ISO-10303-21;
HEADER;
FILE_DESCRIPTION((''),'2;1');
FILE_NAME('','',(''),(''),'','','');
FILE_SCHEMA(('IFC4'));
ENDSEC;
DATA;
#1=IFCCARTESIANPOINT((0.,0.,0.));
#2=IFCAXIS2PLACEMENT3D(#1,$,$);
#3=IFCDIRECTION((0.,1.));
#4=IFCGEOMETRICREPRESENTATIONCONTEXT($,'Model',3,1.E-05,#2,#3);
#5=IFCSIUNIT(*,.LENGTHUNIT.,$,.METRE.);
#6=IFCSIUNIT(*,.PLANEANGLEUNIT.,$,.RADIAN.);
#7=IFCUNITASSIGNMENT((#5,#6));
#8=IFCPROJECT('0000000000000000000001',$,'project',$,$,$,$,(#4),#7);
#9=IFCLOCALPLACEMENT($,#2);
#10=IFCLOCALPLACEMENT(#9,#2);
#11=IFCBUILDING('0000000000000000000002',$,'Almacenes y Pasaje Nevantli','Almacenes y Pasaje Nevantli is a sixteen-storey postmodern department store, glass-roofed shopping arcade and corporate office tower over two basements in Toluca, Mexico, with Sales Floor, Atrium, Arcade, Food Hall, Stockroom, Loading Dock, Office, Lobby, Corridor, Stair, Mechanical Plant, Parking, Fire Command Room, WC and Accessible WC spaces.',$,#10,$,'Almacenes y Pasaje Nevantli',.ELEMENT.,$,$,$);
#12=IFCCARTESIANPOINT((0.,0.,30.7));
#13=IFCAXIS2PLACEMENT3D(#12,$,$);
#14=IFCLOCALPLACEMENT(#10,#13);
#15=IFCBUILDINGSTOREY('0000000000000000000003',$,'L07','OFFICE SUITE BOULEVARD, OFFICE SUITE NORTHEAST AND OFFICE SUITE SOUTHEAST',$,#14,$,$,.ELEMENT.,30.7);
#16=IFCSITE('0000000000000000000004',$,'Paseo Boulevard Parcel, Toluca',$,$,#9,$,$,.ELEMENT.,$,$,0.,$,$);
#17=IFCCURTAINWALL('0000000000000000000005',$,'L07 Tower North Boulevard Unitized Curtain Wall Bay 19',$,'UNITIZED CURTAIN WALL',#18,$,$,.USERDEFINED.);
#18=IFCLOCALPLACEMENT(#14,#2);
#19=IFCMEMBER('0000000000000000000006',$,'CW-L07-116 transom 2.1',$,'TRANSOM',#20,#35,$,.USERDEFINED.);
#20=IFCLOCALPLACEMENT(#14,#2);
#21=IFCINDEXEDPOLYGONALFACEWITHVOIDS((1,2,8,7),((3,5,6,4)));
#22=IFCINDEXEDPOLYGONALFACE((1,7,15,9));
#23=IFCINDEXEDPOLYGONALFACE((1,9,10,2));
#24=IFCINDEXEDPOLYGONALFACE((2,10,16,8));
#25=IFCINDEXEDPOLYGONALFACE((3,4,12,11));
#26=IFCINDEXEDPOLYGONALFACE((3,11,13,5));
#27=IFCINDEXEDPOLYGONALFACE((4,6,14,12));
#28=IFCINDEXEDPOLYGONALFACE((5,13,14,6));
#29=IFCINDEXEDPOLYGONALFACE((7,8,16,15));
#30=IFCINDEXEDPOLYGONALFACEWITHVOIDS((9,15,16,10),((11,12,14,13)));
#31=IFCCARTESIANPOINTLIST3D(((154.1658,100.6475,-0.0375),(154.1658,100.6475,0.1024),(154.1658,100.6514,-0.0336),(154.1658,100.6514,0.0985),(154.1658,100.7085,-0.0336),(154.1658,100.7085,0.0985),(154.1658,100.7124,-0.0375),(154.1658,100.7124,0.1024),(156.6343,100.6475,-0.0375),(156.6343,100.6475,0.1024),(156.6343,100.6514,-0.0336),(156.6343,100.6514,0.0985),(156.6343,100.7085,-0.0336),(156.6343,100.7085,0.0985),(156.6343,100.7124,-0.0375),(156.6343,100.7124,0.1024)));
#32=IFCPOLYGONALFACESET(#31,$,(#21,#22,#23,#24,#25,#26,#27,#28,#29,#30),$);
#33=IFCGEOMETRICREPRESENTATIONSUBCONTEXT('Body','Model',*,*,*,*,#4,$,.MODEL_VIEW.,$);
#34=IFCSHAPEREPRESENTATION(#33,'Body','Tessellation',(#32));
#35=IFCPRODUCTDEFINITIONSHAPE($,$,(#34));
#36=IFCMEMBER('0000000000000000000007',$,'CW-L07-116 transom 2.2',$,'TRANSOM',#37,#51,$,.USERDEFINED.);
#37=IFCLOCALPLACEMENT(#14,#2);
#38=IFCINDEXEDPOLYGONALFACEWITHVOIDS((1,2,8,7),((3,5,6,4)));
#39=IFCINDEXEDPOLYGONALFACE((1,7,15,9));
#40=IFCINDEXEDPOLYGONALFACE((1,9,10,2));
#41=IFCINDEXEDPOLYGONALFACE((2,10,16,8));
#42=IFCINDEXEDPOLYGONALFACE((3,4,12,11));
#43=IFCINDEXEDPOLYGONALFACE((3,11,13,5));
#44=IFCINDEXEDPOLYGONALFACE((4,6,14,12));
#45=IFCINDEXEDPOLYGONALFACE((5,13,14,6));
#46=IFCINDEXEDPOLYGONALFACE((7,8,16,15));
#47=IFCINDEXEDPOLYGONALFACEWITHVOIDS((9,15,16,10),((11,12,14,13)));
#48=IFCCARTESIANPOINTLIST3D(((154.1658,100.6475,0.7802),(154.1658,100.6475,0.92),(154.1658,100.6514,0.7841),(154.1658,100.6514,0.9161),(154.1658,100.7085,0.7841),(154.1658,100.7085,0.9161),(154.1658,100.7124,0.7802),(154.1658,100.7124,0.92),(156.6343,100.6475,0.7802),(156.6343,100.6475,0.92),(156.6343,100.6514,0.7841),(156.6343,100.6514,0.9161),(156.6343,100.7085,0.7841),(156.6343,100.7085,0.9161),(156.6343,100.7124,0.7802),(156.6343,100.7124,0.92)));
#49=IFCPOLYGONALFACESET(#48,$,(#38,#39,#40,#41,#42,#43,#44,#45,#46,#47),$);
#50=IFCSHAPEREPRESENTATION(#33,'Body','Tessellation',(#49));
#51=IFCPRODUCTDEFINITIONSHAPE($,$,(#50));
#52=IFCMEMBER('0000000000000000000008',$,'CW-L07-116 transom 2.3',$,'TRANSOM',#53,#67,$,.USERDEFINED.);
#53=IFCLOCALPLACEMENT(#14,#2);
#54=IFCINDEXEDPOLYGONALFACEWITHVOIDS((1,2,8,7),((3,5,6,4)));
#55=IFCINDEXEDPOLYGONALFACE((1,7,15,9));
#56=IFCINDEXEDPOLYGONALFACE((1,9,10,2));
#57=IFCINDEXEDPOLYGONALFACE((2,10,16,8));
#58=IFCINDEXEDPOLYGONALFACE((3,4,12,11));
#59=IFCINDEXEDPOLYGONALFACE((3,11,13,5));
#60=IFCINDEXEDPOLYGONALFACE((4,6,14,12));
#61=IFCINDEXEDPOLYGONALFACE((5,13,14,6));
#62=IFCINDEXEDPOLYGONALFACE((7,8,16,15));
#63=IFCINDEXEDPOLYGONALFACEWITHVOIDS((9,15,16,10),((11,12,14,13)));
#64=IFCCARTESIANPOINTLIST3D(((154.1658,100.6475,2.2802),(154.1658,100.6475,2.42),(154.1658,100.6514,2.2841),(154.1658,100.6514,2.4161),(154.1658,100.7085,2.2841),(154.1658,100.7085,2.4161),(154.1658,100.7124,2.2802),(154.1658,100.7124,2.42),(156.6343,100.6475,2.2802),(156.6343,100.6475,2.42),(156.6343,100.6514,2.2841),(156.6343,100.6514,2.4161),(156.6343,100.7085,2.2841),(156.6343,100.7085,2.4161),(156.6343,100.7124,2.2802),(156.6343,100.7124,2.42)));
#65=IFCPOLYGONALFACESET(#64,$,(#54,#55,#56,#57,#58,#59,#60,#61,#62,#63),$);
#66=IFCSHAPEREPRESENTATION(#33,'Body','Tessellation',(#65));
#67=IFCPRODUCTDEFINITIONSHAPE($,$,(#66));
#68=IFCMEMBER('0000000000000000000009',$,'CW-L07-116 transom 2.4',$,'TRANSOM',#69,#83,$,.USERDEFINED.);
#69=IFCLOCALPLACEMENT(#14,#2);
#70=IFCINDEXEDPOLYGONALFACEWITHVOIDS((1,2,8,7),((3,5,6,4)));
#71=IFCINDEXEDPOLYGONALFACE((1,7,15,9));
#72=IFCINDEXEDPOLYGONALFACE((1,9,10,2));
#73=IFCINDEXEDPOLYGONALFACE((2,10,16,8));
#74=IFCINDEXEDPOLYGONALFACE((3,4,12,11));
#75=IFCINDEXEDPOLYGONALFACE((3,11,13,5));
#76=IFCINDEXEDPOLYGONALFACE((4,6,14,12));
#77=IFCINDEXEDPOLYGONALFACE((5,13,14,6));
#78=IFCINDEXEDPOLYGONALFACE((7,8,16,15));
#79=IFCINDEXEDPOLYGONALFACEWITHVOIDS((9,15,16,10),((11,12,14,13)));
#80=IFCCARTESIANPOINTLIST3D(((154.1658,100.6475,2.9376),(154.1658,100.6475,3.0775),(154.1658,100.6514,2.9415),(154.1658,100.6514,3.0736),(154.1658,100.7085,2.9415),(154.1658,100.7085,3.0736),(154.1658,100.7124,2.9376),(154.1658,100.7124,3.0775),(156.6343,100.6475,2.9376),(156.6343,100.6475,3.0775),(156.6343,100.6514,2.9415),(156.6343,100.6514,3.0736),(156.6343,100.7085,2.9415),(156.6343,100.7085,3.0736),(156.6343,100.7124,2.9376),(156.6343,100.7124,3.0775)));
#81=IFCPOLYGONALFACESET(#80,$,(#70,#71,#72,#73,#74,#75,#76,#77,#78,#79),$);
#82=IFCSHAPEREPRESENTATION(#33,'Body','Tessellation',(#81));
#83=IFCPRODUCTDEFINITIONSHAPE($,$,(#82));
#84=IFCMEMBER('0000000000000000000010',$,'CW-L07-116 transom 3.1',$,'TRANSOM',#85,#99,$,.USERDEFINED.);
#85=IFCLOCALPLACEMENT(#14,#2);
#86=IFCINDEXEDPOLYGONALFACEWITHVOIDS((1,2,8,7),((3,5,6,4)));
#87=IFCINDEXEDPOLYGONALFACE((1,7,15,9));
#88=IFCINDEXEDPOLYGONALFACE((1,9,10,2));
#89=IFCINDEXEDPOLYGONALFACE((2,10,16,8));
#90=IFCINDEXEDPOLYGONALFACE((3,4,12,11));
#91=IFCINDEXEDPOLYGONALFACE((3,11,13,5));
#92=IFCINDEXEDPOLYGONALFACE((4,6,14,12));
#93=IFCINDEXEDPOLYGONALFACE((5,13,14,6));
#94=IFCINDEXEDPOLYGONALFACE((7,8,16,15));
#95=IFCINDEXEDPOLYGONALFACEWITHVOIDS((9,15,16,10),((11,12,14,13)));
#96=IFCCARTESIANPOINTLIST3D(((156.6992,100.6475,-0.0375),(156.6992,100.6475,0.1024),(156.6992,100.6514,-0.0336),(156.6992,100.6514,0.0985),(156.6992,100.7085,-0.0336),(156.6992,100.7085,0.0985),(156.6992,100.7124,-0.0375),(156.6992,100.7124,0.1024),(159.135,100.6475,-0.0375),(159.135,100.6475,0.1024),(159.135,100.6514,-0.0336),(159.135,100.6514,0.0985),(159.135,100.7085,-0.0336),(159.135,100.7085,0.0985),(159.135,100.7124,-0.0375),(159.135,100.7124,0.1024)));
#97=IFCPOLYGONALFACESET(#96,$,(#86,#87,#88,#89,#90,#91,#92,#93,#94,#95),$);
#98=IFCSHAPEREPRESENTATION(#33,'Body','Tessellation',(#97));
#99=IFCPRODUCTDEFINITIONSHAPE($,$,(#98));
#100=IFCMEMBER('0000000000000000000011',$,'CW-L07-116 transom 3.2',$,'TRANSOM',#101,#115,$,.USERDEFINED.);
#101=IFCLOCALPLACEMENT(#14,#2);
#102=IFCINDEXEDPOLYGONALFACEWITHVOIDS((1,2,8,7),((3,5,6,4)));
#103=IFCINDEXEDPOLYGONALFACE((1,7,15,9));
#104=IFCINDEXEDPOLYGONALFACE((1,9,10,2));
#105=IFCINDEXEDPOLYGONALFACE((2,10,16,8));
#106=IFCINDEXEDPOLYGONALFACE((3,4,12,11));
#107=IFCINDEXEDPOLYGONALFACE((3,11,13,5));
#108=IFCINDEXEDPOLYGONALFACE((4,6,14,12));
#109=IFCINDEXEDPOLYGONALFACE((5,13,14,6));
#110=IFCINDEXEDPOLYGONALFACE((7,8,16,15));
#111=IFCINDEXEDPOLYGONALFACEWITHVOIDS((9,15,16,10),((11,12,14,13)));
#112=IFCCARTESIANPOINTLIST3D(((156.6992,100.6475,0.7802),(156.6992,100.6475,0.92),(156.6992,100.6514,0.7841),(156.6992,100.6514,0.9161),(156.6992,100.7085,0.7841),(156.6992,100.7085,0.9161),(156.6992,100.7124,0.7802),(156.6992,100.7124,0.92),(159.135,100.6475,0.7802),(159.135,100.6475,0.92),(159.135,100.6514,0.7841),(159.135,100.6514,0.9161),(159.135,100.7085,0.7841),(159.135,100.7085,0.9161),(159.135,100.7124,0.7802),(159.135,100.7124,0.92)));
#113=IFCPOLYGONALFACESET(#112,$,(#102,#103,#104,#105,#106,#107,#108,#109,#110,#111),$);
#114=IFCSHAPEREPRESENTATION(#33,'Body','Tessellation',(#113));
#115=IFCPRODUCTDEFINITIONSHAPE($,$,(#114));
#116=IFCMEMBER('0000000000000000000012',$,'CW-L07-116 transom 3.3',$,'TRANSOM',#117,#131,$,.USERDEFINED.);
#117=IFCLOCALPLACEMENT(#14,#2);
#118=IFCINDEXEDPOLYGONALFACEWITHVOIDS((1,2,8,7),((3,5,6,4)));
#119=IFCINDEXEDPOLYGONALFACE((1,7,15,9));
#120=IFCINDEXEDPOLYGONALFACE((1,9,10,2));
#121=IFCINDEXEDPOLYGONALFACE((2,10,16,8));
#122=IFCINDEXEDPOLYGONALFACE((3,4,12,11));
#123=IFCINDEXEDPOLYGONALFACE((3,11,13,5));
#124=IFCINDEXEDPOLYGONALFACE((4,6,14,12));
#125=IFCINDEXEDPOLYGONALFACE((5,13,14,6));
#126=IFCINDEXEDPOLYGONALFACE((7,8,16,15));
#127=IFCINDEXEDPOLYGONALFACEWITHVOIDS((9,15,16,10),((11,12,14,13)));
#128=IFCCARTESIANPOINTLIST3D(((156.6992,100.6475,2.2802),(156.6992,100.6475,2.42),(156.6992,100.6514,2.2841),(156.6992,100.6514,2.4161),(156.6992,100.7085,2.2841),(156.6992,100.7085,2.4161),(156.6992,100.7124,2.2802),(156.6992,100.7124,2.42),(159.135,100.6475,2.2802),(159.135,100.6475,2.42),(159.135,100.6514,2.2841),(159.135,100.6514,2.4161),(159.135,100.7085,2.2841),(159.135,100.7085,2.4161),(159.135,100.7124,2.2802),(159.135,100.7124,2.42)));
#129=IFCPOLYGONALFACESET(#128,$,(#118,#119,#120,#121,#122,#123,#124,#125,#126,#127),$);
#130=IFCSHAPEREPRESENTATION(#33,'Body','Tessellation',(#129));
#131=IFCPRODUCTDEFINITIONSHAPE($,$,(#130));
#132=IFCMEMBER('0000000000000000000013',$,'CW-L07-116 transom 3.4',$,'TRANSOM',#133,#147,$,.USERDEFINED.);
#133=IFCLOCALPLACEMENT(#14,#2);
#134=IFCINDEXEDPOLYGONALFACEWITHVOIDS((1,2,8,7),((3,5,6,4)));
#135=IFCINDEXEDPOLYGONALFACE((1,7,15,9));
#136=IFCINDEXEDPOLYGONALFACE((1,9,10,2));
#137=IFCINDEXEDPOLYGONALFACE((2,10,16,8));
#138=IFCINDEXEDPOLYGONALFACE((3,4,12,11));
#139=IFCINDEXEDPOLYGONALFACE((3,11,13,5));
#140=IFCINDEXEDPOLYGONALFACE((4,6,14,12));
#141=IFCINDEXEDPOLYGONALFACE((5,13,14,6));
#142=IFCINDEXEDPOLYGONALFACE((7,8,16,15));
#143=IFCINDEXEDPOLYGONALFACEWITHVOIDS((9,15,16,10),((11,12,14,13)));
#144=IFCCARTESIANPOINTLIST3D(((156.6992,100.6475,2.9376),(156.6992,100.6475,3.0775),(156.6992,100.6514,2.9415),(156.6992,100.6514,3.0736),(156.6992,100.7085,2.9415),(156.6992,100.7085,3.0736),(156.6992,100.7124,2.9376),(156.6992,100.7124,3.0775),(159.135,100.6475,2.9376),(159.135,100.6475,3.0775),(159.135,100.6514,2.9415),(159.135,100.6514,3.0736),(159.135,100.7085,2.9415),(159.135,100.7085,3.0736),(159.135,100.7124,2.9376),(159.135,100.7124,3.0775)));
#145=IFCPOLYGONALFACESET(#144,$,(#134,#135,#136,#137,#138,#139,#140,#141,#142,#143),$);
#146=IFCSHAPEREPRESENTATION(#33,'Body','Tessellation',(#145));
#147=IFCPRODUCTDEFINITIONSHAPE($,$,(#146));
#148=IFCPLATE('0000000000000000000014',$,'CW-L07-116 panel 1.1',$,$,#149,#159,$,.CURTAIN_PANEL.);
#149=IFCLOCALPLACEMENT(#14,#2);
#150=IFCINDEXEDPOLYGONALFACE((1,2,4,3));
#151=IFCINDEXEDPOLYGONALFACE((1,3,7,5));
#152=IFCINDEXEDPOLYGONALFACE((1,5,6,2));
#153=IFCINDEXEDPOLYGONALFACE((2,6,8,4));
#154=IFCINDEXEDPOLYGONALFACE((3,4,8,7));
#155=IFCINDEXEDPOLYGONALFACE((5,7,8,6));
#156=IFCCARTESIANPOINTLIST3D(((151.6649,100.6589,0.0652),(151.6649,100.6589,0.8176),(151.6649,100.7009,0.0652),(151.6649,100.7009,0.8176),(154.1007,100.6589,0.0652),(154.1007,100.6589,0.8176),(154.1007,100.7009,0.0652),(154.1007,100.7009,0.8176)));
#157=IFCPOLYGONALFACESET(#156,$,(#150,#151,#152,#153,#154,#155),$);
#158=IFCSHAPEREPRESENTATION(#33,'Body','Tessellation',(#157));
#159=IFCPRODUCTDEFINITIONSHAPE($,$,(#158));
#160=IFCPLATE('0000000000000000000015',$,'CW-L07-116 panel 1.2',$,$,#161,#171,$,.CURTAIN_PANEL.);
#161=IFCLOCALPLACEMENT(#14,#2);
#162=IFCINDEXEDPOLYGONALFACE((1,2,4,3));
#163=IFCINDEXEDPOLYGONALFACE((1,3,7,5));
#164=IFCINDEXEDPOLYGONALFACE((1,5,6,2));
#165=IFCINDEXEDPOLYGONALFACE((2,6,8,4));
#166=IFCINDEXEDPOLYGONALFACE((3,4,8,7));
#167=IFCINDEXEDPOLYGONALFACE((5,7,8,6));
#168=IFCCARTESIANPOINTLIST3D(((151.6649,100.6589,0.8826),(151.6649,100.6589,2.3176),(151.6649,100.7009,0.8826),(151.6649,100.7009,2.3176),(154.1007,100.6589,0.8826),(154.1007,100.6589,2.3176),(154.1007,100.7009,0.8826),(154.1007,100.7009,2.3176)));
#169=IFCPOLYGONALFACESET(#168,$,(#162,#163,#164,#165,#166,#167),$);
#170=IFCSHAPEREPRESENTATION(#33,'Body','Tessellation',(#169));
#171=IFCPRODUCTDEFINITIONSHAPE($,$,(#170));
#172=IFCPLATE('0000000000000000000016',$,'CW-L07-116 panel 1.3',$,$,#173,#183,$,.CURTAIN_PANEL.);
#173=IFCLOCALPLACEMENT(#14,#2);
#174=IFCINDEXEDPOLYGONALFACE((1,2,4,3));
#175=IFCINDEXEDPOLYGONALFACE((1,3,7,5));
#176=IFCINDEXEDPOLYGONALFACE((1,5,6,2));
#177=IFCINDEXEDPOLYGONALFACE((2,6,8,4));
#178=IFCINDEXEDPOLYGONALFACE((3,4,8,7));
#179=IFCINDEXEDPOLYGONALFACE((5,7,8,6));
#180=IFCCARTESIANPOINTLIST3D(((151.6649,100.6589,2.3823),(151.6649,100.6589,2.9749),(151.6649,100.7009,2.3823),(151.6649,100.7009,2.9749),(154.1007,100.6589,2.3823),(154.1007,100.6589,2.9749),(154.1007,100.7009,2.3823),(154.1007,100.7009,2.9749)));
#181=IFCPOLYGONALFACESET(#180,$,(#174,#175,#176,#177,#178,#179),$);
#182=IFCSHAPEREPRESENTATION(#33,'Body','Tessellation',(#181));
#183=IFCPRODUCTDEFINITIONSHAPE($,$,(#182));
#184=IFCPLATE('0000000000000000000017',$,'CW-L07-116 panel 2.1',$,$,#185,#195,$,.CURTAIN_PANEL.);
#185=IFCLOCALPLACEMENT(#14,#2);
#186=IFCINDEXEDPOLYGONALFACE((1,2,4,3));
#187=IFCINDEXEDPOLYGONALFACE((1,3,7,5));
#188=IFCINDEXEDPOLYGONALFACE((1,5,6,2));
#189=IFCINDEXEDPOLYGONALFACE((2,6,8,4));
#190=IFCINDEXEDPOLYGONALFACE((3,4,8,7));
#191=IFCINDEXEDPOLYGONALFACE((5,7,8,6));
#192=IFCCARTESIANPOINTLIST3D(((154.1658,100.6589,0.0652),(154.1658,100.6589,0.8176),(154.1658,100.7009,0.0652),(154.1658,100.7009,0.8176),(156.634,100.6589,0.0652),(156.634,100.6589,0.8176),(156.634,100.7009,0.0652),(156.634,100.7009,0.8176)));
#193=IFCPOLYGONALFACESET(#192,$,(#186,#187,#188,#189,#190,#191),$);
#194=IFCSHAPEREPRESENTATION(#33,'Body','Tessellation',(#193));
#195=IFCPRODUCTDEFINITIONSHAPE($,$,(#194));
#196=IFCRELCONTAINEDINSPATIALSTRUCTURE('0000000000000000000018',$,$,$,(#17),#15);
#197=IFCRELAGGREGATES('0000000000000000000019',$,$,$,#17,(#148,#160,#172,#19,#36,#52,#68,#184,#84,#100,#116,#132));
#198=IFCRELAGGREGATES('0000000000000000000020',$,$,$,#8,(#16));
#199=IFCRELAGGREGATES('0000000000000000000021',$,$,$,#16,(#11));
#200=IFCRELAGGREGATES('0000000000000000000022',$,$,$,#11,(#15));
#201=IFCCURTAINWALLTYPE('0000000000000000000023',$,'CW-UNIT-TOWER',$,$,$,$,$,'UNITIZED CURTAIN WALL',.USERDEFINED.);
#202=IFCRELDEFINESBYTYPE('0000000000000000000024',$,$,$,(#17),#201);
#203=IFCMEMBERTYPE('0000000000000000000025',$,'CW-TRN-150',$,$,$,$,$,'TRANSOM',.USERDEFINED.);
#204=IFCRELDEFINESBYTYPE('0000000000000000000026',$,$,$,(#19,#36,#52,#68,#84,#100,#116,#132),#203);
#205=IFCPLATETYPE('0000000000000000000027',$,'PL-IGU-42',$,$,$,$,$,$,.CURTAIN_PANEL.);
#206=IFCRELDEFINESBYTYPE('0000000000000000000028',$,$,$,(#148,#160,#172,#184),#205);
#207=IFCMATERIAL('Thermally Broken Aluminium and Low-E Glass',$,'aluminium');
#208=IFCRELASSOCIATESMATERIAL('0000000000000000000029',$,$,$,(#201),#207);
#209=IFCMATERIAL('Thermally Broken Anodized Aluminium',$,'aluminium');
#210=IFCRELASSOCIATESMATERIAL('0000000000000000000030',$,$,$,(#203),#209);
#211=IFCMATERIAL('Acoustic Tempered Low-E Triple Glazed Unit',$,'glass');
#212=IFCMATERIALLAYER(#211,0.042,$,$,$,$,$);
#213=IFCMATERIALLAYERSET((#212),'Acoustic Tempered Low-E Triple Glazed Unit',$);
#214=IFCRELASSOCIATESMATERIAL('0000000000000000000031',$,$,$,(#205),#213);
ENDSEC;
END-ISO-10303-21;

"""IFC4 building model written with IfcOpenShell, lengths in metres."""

from ifc_helpers import new_model, si_unit, direction, frame, origin, origin_2d, place, context, subcontext, project, spatial, rectangle, hollow_rectangle, extrude, material, layer, layer_set, material_profile, profile_set, type_object, element, aggregate, save


model = new_model("IFC4")

# Units and contexts
model_context = context("Model", 3, precision=1e-05, world=origin(), true_north=direction((0.0, 1.0)))
body_context = subcontext(model_context, "Body", "Model", "MODEL_VIEW")
ifc_project = project(units=[si_unit("LENGTHUNIT", "METRE"), si_unit("PLANEANGLEUNIT", "RADIAN")], contexts=[model_context])

# Site, building, storey
site_placement = place(None, origin())
site = spatial("IfcSite", under=ifc_project, at=site_placement, Name="Paseo Boulevard Parcel, Toluca", CompositionType="ELEMENT", RefElevation=0.0)
building_placement = place(site_placement, origin())
building = spatial("IfcBuilding", under=site, at=building_placement, Name="Almacenes y Pasaje Nevantli", Description="Almacenes y Pasaje Nevantli is a sixteen-storey postmodern department store, glass-roofed shopping arcade and corporate office tower over two basements in Toluca, Mexico, with Sales Floor, Atrium, Arcade, Food Hall, Stockroom, Loading Dock, Office, Lobby, Corridor, Stair, Mechanical Plant, Parking, Fire Command Room, WC and Accessible WC spaces.", LongName="Almacenes y Pasaje Nevantli", CompositionType="ELEMENT")
storey_placement = place(building_placement, frame((0.0, 0.0, 30.7)))
storey = spatial("IfcBuildingStorey", under=building, at=storey_placement, Name="L07", Description="OFFICE SUITE BOULEVARD, OFFICE SUITE NORTHEAST AND OFFICE SUITE SOUTHEAST", CompositionType="ELEMENT", Elevation=30.7)

# Shared definitions
ifc_material_1 = material(Name="Thermally Broken Aluminium and Low-E Glass", Category="aluminium")
curtain_wall_type = type_object("IfcCurtainWallType", Name="CW-UNIT-TOWER", ElementType="UNITIZED CURTAIN WALL", PredefinedType="USERDEFINED", material=ifc_material_1)

# Curtain wall, members, plates
curtain_wall_1_placement = place(storey_placement, origin())
curtain_wall_1 = element("IfcCurtainWall", 1, at=curtain_wall_1_placement, inside=storey, type_object=curtain_wall_type, Name="L07 Tower North Boulevard Unitized Curtain Wall Bay 19", ObjectType="UNITIZED CURTAIN WALL", PredefinedType="USERDEFINED")
ifc_material_2 = material(Name="Thermally Broken Anodized Aluminium", Category="aluminium")
ifc_material_profile_1 = material_profile(ifc_material_2, hollow_rectangle(XDim=0.0649, YDim=0.1399, WallThickness=0.0039, at=origin_2d()), Name="ALU-TRN-65x140")
ifc_profile_set_1 = profile_set([ifc_material_profile_1], Name="Thermally Broken Anodized Aluminium")
member_type_1 = type_object("IfcMemberType", Name="CW-TRN-150", ElementType="TRANSOM", PredefinedType="USERDEFINED", material=ifc_profile_set_1)
member_1_placement = place(storey_placement, frame((154.1658, 100.6799, 0.0325), z_axis=(1.0, 0.0, 0.0), x_axis=(0.0, 1.0, 0.0)))
member_1 = element("IfcMember", 2, at=member_1_placement, type_object=member_type_1, Name="CW-L07-116 transom 2.1", ObjectType="TRANSOM", PredefinedType="USERDEFINED", context=body_context, shape_type="SweptSolid", body=[
    extrude(hollow_rectangle(XDim=0.0649, YDim=0.1399, WallThickness=0.0039, at=origin_2d()), origin(), (0.0, 0.0, 1.0), 2.4685),
])
member_2_placement = place(storey_placement, frame((154.1658, 100.6799, 0.8501), z_axis=(1.0, 0.0, 0.0), x_axis=(0.0, 1.0, 0.0)))
member_2 = element("IfcMember", 3, at=member_2_placement, type_object=member_type_1, Name="CW-L07-116 transom 2.2", ObjectType="TRANSOM", PredefinedType="USERDEFINED", context=body_context, shape_type="SweptSolid", body=[
    extrude(hollow_rectangle(XDim=0.0649, YDim=0.1399, WallThickness=0.0039, at=origin_2d()), origin(), (0.0, 0.0, 1.0), 2.4685),
])
member_3_placement = place(storey_placement, frame((154.1658, 100.6799, 2.3501), z_axis=(1.0, 0.0, 0.0), x_axis=(0.0, 1.0, 0.0)))
member_3 = element("IfcMember", 4, at=member_3_placement, type_object=member_type_1, Name="CW-L07-116 transom 2.3", ObjectType="TRANSOM", PredefinedType="USERDEFINED", context=body_context, shape_type="SweptSolid", body=[
    extrude(hollow_rectangle(XDim=0.0649, YDim=0.1399, WallThickness=0.0039, at=origin_2d()), origin(), (0.0, 0.0, 1.0), 2.4685),
])
member_4_placement = place(storey_placement, frame((154.1658, 100.6799, 3.0076), z_axis=(1.0, 0.0, 0.0), x_axis=(0.0, 1.0, 0.0)))
member_4 = element("IfcMember", 5, at=member_4_placement, type_object=member_type_1, Name="CW-L07-116 transom 2.4", ObjectType="TRANSOM", PredefinedType="USERDEFINED", context=body_context, shape_type="SweptSolid", body=[
    extrude(hollow_rectangle(XDim=0.0649, YDim=0.1399, WallThickness=0.0039, at=origin_2d()), origin(), (0.0, 0.0, 1.0), 2.4685),
])
member_5_placement = place(storey_placement, frame((156.6992, 100.6799, 0.0325), z_axis=(1.0, 0.0, 0.0), x_axis=(0.0, 1.0, 0.0)))
member_5 = element("IfcMember", 6, at=member_5_placement, type_object=member_type_1, Name="CW-L07-116 transom 3.1", ObjectType="TRANSOM", PredefinedType="USERDEFINED", context=body_context, shape_type="SweptSolid", body=[
    extrude(hollow_rectangle(XDim=0.0649, YDim=0.1399, WallThickness=0.0039, at=origin_2d()), origin(), (0.0, 0.0, 1.0), 2.4358),
])
member_6_placement = place(storey_placement, frame((156.6992, 100.6799, 0.8501), z_axis=(1.0, 0.0, 0.0), x_axis=(0.0, 1.0, 0.0)))
member_6 = element("IfcMember", 7, at=member_6_placement, type_object=member_type_1, Name="CW-L07-116 transom 3.2", ObjectType="TRANSOM", PredefinedType="USERDEFINED", context=body_context, shape_type="SweptSolid", body=[
    extrude(hollow_rectangle(XDim=0.0649, YDim=0.1399, WallThickness=0.0039, at=origin_2d()), origin(), (0.0, 0.0, 1.0), 2.4358),
])
member_7_placement = place(storey_placement, frame((156.6992, 100.6799, 2.3501), z_axis=(1.0, 0.0, 0.0), x_axis=(0.0, 1.0, 0.0)))
member_7 = element("IfcMember", 8, at=member_7_placement, type_object=member_type_1, Name="CW-L07-116 transom 3.3", ObjectType="TRANSOM", PredefinedType="USERDEFINED", context=body_context, shape_type="SweptSolid", body=[
    extrude(hollow_rectangle(XDim=0.0649, YDim=0.1399, WallThickness=0.0039, at=origin_2d()), origin(), (0.0, 0.0, 1.0), 2.4358),
])
member_8_placement = place(storey_placement, frame((156.6992, 100.6799, 3.0076), z_axis=(1.0, 0.0, 0.0), x_axis=(0.0, 1.0, 0.0)))
member_8 = element("IfcMember", 9, at=member_8_placement, type_object=member_type_1, Name="CW-L07-116 transom 3.4", ObjectType="TRANSOM", PredefinedType="USERDEFINED", context=body_context, shape_type="SweptSolid", body=[
    extrude(hollow_rectangle(XDim=0.0649, YDim=0.1399, WallThickness=0.0039, at=origin_2d()), origin(), (0.0, 0.0, 1.0), 2.4358),
])
ifc_material_3 = material(Name="Acoustic Tempered Low-E Triple Glazed Unit", Category="glass")
ifc_layer = layer(ifc_material_3, 0.042)
ifc_layer_set = layer_set([ifc_layer], Name="Acoustic Tempered Low-E Triple Glazed Unit")
plate_type = type_object("IfcPlateType", Name="PL-IGU-42", PredefinedType="CURTAIN_PANEL", material=ifc_layer_set)
plate_1_placement = place(storey_placement, frame((152.8828, 100.6799, 0.0652), z_axis=(0.0, 0.0, 1.0), x_axis=(1.0, 0.0, 0.0)))
plate_1 = element("IfcPlate", 10, at=plate_1_placement, type_object=plate_type, Name="CW-L07-116 panel 1.1", PredefinedType="CURTAIN_PANEL", context=body_context, shape_type="SweptSolid", body=[
    extrude(rectangle(XDim=2.4358, YDim=0.042, at=origin_2d()), origin(), (0.0, 0.0, 1.0), 0.7524),
])
plate_2_placement = place(storey_placement, frame((152.8828, 100.6799, 0.8826), z_axis=(0.0, 0.0, 1.0), x_axis=(1.0, 0.0, 0.0)))
plate_2 = element("IfcPlate", 11, at=plate_2_placement, type_object=plate_type, Name="CW-L07-116 panel 1.2", PredefinedType="CURTAIN_PANEL", context=body_context, shape_type="SweptSolid", body=[
    extrude(rectangle(XDim=2.4358, YDim=0.042, at=origin_2d()), origin(), (0.0, 0.0, 1.0), 1.4351),
])
plate_3_placement = place(storey_placement, frame((152.8828, 100.6799, 2.3823), z_axis=(0.0, 0.0, 1.0), x_axis=(1.0, 0.0, 0.0)))
plate_3 = element("IfcPlate", 12, at=plate_3_placement, type_object=plate_type, Name="CW-L07-116 panel 1.3", PredefinedType="CURTAIN_PANEL", context=body_context, shape_type="SweptSolid", body=[
    extrude(rectangle(XDim=2.4358, YDim=0.042, at=origin_2d()), origin(), (0.0, 0.0, 1.0), 0.5925),
])
plate_4_placement = place(storey_placement, frame((155.3999, 100.6799, 0.0652), z_axis=(0.0, 0.0, 1.0), x_axis=(1.0, 0.0, 0.0)))
plate_4 = element("IfcPlate", 13, at=plate_4_placement, type_object=plate_type, Name="CW-L07-116 panel 2.1", PredefinedType="CURTAIN_PANEL", context=body_context, shape_type="SweptSolid", body=[
    extrude(rectangle(XDim=2.4683, YDim=0.042, at=origin_2d()), origin(), (0.0, 0.0, 1.0), 0.7524),
])
aggregate(curtain_wall_1, [plate_1, plate_2, plate_3, member_1, member_2, member_3, member_4, plate_4, member_5, member_6, member_7, member_8])

save(model, "model.ifc")
